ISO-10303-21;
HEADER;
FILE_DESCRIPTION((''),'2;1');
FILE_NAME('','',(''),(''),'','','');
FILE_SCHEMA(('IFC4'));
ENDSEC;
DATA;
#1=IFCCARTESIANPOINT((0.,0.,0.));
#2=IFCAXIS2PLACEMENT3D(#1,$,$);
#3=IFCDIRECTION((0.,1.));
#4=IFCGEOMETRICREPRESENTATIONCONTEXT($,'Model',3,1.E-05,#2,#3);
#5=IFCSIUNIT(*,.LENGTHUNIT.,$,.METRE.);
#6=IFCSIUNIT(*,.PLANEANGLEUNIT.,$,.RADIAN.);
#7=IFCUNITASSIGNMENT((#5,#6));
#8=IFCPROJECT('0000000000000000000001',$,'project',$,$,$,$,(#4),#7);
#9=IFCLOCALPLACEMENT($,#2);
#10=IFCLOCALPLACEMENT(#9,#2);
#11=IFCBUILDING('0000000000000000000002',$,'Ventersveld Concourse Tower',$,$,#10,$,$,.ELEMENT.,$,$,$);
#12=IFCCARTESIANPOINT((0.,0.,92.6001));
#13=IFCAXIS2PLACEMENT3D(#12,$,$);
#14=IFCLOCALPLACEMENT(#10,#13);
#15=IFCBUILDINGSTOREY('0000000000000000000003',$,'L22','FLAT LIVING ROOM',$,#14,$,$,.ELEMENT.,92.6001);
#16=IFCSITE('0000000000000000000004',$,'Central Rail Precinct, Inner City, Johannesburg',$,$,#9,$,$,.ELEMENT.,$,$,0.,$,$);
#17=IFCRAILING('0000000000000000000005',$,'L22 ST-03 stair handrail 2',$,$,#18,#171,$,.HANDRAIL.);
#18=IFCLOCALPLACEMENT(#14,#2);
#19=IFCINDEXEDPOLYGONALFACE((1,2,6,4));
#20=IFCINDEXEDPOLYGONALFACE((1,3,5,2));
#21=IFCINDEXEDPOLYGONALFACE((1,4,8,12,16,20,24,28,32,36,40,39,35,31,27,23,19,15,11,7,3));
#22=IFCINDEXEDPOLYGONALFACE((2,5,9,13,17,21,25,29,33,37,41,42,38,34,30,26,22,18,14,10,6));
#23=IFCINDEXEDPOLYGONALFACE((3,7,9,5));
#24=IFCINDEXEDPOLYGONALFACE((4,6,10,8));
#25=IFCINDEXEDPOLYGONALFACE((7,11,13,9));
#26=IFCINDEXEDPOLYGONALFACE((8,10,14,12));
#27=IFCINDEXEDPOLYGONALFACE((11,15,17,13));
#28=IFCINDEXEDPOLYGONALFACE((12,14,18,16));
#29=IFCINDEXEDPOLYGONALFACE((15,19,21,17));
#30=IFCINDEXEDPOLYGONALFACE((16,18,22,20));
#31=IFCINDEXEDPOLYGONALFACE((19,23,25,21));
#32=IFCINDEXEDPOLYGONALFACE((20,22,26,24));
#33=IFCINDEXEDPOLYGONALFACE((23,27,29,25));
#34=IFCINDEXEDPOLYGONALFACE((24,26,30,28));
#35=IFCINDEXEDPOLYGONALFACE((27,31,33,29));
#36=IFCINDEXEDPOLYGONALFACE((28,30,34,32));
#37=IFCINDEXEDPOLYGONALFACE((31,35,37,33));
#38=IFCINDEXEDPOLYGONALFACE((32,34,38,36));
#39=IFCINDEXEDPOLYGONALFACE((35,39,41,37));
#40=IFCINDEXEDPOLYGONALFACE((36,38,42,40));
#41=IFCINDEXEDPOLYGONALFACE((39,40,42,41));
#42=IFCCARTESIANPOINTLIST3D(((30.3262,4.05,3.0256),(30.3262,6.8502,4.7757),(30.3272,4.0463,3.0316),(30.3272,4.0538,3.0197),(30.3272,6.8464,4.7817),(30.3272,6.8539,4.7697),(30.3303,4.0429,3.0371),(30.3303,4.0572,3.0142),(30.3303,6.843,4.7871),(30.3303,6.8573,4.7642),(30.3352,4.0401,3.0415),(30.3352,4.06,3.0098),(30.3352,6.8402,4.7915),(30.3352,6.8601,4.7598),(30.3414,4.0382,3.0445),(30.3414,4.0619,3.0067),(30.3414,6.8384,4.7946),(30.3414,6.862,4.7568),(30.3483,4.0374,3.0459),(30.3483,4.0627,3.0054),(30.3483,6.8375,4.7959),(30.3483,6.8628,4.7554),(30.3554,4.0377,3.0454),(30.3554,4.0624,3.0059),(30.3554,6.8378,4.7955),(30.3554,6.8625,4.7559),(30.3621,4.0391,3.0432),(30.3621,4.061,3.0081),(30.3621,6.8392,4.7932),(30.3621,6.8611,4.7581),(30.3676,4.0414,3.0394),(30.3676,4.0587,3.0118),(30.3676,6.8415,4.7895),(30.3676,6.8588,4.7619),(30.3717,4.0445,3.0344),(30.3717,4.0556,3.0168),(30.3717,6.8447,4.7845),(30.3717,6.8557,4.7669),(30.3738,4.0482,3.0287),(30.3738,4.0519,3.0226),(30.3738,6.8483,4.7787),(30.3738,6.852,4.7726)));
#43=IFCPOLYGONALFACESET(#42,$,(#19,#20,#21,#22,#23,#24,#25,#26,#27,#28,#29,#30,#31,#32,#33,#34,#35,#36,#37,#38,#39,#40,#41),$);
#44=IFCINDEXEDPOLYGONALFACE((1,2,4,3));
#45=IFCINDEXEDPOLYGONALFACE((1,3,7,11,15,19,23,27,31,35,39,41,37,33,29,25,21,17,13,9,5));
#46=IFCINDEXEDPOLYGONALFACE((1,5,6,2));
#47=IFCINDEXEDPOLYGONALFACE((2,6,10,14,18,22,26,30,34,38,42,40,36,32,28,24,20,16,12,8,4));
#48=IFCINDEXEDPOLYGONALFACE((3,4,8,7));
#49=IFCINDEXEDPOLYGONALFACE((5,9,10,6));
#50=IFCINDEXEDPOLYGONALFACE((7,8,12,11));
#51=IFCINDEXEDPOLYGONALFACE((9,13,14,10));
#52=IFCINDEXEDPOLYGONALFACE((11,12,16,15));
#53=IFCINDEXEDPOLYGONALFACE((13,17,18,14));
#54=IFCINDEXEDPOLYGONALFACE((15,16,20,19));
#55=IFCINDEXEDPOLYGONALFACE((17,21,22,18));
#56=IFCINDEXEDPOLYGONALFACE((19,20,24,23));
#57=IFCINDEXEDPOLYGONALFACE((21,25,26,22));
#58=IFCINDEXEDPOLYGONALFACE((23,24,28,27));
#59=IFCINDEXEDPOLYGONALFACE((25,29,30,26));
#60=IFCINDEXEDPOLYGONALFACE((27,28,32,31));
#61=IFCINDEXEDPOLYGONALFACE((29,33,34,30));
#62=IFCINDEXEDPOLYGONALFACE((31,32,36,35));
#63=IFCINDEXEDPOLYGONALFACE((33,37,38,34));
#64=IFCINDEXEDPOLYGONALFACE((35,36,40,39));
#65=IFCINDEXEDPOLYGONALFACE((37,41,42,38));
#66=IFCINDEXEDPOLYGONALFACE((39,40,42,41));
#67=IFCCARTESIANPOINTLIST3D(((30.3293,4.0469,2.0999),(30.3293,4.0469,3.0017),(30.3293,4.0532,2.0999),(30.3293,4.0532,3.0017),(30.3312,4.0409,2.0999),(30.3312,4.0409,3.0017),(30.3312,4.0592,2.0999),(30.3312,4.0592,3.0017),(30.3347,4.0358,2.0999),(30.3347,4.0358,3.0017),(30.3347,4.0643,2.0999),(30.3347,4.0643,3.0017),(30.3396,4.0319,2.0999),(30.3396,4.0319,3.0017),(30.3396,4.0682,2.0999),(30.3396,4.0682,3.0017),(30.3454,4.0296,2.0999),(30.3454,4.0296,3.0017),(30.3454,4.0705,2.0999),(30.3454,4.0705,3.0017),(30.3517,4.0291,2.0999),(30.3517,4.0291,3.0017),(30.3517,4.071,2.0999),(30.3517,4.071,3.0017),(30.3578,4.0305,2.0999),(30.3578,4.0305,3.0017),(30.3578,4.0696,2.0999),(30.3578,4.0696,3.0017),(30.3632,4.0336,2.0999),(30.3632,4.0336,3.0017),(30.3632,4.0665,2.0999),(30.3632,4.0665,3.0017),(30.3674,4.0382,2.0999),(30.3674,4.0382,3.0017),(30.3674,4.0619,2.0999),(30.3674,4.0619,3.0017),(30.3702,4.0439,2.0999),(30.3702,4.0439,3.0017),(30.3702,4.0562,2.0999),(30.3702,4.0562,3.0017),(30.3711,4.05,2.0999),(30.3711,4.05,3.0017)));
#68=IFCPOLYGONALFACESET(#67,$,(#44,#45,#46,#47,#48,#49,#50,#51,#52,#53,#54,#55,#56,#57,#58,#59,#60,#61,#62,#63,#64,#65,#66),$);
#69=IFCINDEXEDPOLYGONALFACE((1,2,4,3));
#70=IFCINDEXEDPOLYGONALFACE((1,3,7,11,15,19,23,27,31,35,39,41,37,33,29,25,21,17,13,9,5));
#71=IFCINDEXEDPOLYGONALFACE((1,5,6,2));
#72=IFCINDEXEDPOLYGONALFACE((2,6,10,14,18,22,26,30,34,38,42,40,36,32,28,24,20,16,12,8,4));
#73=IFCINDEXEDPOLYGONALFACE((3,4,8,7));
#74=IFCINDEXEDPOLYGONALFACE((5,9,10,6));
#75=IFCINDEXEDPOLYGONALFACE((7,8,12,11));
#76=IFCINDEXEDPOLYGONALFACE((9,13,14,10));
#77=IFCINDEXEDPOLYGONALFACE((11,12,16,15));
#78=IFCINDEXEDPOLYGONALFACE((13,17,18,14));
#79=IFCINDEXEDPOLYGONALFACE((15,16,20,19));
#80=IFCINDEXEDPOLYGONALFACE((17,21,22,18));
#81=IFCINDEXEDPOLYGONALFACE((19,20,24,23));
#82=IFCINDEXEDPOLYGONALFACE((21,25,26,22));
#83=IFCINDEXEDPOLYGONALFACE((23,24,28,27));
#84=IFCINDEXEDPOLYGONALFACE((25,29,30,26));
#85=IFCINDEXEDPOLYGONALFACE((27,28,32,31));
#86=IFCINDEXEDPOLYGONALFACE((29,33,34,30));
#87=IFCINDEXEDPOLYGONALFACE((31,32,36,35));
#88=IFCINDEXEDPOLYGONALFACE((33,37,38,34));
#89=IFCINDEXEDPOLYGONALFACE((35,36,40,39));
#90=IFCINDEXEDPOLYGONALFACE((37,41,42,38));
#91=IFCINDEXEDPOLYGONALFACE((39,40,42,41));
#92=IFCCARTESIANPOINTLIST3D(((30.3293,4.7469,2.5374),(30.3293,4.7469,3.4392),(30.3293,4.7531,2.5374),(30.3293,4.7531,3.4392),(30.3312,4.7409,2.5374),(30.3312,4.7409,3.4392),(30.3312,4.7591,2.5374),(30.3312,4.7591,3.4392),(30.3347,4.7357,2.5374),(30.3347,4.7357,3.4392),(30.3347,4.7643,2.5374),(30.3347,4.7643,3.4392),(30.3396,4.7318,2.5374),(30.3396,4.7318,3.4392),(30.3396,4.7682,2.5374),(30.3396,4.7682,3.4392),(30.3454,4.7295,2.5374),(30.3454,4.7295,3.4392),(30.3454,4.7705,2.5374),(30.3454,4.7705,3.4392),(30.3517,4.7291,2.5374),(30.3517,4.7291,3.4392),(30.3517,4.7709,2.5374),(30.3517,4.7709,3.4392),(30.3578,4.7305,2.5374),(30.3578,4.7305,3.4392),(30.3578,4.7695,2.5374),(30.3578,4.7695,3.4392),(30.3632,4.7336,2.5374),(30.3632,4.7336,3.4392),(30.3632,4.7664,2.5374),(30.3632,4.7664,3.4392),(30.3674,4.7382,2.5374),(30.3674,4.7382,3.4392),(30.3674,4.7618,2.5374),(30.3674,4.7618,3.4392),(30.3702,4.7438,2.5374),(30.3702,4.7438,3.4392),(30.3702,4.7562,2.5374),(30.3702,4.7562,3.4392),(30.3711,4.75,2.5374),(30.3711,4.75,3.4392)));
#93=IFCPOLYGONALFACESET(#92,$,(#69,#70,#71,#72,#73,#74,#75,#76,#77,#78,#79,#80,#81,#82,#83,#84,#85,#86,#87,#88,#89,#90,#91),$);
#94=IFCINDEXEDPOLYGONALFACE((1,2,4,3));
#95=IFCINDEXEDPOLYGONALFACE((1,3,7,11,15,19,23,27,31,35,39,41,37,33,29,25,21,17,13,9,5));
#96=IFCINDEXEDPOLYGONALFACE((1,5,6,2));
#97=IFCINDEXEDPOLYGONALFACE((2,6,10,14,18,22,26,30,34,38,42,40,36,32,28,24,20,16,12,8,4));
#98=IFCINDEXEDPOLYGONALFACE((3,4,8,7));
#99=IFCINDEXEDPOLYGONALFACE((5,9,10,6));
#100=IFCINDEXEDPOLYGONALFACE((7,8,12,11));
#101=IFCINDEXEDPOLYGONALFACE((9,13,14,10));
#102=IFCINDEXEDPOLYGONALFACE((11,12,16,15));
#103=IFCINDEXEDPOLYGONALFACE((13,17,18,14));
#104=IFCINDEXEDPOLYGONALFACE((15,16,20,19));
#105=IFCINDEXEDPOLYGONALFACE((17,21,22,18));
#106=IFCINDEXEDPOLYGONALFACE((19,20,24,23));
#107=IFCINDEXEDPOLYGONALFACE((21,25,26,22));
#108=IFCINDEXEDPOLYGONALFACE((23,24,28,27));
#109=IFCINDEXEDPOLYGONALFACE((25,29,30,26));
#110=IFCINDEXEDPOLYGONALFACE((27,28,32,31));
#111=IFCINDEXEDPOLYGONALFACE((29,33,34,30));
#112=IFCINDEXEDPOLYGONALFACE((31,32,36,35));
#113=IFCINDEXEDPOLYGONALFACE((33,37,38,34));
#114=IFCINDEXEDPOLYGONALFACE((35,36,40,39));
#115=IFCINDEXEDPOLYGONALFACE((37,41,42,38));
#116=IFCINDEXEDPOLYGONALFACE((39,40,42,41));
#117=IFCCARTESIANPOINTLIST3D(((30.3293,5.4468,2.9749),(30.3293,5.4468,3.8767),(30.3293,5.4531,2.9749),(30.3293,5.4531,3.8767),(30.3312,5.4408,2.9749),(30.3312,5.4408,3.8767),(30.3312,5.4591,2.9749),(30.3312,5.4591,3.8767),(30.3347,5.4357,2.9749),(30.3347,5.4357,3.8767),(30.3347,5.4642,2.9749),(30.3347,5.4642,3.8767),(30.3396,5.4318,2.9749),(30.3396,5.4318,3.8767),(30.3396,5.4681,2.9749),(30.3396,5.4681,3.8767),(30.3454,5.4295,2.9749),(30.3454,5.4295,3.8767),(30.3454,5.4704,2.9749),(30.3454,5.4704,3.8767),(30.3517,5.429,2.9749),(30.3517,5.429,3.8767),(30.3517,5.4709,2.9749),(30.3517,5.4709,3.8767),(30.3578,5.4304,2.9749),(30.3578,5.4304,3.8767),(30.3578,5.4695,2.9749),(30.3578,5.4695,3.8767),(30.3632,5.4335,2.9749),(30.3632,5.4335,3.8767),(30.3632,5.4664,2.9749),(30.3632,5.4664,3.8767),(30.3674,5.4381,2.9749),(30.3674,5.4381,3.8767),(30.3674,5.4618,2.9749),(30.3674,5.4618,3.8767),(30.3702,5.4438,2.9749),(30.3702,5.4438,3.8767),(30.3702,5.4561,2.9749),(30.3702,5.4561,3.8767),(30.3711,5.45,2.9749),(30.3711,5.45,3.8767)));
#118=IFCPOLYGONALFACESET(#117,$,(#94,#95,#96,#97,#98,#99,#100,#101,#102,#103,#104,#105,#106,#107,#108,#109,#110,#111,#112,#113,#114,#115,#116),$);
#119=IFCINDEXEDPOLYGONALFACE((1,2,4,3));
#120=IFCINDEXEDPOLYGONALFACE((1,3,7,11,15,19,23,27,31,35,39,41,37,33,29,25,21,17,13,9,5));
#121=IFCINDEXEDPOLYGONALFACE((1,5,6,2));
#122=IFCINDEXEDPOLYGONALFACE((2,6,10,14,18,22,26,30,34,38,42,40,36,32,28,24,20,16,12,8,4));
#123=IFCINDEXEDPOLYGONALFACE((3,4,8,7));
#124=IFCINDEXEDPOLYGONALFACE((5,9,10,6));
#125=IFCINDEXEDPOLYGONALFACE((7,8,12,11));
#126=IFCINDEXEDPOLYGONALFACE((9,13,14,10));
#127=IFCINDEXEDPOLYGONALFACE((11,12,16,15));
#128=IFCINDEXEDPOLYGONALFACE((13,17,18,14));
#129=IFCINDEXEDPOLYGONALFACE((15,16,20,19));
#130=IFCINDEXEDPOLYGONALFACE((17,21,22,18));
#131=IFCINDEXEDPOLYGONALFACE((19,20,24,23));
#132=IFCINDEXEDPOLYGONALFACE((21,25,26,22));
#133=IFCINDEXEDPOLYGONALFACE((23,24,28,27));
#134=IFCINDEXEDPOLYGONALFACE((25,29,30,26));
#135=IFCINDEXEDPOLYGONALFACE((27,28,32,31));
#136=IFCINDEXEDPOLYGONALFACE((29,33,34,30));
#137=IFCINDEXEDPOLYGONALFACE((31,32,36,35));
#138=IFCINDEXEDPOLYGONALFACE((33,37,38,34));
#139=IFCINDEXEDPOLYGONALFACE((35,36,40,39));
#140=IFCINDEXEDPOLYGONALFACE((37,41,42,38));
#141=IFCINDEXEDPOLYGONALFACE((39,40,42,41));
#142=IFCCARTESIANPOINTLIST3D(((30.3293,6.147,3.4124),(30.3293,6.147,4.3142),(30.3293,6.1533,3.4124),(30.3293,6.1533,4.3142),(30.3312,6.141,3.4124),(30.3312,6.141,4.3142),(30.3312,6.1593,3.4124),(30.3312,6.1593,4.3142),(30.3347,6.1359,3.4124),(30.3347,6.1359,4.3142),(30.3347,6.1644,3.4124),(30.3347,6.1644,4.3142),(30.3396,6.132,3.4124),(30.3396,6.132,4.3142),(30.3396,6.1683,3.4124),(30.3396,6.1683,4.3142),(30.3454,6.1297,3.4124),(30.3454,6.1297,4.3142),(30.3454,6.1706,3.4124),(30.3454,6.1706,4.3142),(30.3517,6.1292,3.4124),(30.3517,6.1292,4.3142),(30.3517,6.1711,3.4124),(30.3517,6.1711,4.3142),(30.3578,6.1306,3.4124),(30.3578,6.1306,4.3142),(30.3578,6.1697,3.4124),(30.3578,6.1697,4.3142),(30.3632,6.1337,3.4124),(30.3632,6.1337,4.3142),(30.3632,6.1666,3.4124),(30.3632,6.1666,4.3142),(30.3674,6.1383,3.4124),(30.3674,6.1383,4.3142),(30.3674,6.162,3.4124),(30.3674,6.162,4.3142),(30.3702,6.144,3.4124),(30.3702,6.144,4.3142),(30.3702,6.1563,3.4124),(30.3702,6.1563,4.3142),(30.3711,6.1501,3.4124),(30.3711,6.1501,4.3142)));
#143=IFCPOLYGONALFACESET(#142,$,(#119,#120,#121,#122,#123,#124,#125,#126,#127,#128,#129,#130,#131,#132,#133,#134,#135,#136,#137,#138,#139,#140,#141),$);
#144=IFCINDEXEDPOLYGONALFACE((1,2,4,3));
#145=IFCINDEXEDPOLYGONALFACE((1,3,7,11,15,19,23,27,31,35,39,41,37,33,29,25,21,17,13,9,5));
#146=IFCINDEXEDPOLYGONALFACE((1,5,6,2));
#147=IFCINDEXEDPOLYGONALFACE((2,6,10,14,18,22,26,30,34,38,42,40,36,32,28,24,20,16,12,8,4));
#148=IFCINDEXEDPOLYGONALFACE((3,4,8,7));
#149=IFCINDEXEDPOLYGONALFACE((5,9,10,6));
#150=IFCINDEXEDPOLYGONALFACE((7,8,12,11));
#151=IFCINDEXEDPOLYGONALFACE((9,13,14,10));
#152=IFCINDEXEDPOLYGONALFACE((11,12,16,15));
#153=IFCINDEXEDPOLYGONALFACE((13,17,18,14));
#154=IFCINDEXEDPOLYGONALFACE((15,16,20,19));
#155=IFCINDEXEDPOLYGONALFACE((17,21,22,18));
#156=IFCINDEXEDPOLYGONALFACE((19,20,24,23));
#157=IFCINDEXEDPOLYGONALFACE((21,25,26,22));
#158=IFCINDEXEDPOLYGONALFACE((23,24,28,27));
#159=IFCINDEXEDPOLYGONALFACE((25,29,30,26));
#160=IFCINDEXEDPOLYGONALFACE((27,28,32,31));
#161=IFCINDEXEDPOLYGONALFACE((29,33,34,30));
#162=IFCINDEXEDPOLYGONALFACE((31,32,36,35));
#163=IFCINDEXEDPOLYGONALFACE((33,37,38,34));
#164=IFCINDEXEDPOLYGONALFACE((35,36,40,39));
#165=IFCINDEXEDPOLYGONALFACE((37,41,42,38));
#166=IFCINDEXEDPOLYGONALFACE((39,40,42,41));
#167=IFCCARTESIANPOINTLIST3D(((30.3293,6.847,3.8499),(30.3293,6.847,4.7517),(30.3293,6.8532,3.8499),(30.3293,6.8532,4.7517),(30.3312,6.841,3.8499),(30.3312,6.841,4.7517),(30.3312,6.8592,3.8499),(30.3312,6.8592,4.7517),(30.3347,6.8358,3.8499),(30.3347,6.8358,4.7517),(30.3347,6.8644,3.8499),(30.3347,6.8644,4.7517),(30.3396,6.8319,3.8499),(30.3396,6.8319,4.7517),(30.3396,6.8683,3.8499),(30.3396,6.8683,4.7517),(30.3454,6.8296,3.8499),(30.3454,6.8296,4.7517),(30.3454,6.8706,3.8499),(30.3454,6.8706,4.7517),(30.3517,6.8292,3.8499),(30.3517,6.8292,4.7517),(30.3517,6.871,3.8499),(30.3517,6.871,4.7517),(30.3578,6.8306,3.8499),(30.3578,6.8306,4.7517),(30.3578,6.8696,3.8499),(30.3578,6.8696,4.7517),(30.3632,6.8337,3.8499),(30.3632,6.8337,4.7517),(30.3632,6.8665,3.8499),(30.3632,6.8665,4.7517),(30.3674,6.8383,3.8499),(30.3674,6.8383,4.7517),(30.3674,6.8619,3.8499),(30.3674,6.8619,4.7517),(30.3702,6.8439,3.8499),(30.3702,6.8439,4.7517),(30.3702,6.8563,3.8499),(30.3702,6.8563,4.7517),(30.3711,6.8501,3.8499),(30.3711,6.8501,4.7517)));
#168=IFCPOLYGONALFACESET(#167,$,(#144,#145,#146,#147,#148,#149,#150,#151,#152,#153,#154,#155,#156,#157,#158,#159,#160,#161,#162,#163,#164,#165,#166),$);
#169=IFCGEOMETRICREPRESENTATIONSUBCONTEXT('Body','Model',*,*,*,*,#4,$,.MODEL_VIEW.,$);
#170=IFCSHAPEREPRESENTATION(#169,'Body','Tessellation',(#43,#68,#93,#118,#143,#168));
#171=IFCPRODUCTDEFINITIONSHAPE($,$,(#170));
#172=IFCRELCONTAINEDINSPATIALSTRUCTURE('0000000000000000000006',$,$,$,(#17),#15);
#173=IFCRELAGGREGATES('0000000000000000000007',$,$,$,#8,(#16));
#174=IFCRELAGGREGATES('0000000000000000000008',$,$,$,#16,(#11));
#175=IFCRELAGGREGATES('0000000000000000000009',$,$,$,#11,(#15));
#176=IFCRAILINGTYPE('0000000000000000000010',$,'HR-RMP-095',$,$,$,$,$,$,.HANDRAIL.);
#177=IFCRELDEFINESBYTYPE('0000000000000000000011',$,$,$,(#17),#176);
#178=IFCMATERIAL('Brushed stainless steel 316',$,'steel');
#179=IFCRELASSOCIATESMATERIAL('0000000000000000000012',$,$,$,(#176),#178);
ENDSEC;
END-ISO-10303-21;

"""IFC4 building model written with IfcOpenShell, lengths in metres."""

from ifc_helpers import new_model, si_unit, direction, frame, origin, origin_2d, place, context, subcontext, project, spatial, circle, extrude, material, type_object, element, save


model = new_model("IFC4")

# Units and contexts
model_context = context("Model", 3, precision=1e-05, world=origin(), true_north=direction((0.0, 1.0)))
body_context = subcontext(model_context, "Body", "Model", "MODEL_VIEW")
ifc_project = project(units=[si_unit("LENGTHUNIT", "METRE"), si_unit("PLANEANGLEUNIT", "RADIAN")], contexts=[model_context])

# Site, building, storey
site_placement = place(None, origin())
site = spatial("IfcSite", under=ifc_project, at=site_placement, Name="Central Rail Precinct, Inner City, Johannesburg", CompositionType="ELEMENT", RefElevation=0.0)
building_placement = place(site_placement, origin())
building = spatial("IfcBuilding", under=site, at=building_placement, Name="Ventersveld Concourse Tower", CompositionType="ELEMENT")
storey_placement = place(building_placement, frame((0.0, 0.0, 92.6001)))
storey = spatial("IfcBuildingStorey", under=building, at=storey_placement, Name="L22", Description="FLAT LIVING ROOM", CompositionType="ELEMENT", Elevation=92.6001)

# Railing
ifc_material_1 = material(Name="Brushed stainless steel 316", Category="steel")
railing_type_1 = type_object("IfcRailingType", Name="HR-RMP-095", PredefinedType="HANDRAIL", material=ifc_material_1)
railing_1_placement = place(storey_placement, frame((30.3501, 4.05, 2.0999)))
element("IfcRailing", 1, at=railing_1_placement, inside=storey, type_object=railing_type_1, Name="L22 ST-03 stair handrail 2", PredefinedType="HANDRAIL", context=body_context, shape_type="SweptSolid", body=[
    extrude(circle(Radius=0.0239, at=origin_2d()), frame((0.0, 0.0, 0.9258), z_axis=(0.0, 0.848002, 0.529992), x_axis=(-1.0, 0.0, 0.0)), (0.0, 0.0, 1.0), 3.302),
    extrude(circle(Radius=0.021, at=origin_2d()), origin(), (0.0, 0.0, 1.0), 0.9019),
    extrude(circle(Radius=0.021, at=origin_2d()), frame((0.0, 0.7, 0.4375)), (0.0, 0.0, 1.0), 0.9019),
    extrude(circle(Radius=0.021, at=origin_2d()), frame((0.0, 1.3999, 0.875)), (0.0, 0.0, 1.0), 0.9019),
    extrude(circle(Radius=0.021, at=origin_2d()), frame((0.0, 2.1001, 1.3125)), (0.0, 0.0, 1.0), 0.9019),
    extrude(circle(Radius=0.021, at=origin_2d()), frame((0.0, 2.8, 1.75)), (0.0, 0.0, 1.0), 0.9019),
])

save(model, "model.ifc")
